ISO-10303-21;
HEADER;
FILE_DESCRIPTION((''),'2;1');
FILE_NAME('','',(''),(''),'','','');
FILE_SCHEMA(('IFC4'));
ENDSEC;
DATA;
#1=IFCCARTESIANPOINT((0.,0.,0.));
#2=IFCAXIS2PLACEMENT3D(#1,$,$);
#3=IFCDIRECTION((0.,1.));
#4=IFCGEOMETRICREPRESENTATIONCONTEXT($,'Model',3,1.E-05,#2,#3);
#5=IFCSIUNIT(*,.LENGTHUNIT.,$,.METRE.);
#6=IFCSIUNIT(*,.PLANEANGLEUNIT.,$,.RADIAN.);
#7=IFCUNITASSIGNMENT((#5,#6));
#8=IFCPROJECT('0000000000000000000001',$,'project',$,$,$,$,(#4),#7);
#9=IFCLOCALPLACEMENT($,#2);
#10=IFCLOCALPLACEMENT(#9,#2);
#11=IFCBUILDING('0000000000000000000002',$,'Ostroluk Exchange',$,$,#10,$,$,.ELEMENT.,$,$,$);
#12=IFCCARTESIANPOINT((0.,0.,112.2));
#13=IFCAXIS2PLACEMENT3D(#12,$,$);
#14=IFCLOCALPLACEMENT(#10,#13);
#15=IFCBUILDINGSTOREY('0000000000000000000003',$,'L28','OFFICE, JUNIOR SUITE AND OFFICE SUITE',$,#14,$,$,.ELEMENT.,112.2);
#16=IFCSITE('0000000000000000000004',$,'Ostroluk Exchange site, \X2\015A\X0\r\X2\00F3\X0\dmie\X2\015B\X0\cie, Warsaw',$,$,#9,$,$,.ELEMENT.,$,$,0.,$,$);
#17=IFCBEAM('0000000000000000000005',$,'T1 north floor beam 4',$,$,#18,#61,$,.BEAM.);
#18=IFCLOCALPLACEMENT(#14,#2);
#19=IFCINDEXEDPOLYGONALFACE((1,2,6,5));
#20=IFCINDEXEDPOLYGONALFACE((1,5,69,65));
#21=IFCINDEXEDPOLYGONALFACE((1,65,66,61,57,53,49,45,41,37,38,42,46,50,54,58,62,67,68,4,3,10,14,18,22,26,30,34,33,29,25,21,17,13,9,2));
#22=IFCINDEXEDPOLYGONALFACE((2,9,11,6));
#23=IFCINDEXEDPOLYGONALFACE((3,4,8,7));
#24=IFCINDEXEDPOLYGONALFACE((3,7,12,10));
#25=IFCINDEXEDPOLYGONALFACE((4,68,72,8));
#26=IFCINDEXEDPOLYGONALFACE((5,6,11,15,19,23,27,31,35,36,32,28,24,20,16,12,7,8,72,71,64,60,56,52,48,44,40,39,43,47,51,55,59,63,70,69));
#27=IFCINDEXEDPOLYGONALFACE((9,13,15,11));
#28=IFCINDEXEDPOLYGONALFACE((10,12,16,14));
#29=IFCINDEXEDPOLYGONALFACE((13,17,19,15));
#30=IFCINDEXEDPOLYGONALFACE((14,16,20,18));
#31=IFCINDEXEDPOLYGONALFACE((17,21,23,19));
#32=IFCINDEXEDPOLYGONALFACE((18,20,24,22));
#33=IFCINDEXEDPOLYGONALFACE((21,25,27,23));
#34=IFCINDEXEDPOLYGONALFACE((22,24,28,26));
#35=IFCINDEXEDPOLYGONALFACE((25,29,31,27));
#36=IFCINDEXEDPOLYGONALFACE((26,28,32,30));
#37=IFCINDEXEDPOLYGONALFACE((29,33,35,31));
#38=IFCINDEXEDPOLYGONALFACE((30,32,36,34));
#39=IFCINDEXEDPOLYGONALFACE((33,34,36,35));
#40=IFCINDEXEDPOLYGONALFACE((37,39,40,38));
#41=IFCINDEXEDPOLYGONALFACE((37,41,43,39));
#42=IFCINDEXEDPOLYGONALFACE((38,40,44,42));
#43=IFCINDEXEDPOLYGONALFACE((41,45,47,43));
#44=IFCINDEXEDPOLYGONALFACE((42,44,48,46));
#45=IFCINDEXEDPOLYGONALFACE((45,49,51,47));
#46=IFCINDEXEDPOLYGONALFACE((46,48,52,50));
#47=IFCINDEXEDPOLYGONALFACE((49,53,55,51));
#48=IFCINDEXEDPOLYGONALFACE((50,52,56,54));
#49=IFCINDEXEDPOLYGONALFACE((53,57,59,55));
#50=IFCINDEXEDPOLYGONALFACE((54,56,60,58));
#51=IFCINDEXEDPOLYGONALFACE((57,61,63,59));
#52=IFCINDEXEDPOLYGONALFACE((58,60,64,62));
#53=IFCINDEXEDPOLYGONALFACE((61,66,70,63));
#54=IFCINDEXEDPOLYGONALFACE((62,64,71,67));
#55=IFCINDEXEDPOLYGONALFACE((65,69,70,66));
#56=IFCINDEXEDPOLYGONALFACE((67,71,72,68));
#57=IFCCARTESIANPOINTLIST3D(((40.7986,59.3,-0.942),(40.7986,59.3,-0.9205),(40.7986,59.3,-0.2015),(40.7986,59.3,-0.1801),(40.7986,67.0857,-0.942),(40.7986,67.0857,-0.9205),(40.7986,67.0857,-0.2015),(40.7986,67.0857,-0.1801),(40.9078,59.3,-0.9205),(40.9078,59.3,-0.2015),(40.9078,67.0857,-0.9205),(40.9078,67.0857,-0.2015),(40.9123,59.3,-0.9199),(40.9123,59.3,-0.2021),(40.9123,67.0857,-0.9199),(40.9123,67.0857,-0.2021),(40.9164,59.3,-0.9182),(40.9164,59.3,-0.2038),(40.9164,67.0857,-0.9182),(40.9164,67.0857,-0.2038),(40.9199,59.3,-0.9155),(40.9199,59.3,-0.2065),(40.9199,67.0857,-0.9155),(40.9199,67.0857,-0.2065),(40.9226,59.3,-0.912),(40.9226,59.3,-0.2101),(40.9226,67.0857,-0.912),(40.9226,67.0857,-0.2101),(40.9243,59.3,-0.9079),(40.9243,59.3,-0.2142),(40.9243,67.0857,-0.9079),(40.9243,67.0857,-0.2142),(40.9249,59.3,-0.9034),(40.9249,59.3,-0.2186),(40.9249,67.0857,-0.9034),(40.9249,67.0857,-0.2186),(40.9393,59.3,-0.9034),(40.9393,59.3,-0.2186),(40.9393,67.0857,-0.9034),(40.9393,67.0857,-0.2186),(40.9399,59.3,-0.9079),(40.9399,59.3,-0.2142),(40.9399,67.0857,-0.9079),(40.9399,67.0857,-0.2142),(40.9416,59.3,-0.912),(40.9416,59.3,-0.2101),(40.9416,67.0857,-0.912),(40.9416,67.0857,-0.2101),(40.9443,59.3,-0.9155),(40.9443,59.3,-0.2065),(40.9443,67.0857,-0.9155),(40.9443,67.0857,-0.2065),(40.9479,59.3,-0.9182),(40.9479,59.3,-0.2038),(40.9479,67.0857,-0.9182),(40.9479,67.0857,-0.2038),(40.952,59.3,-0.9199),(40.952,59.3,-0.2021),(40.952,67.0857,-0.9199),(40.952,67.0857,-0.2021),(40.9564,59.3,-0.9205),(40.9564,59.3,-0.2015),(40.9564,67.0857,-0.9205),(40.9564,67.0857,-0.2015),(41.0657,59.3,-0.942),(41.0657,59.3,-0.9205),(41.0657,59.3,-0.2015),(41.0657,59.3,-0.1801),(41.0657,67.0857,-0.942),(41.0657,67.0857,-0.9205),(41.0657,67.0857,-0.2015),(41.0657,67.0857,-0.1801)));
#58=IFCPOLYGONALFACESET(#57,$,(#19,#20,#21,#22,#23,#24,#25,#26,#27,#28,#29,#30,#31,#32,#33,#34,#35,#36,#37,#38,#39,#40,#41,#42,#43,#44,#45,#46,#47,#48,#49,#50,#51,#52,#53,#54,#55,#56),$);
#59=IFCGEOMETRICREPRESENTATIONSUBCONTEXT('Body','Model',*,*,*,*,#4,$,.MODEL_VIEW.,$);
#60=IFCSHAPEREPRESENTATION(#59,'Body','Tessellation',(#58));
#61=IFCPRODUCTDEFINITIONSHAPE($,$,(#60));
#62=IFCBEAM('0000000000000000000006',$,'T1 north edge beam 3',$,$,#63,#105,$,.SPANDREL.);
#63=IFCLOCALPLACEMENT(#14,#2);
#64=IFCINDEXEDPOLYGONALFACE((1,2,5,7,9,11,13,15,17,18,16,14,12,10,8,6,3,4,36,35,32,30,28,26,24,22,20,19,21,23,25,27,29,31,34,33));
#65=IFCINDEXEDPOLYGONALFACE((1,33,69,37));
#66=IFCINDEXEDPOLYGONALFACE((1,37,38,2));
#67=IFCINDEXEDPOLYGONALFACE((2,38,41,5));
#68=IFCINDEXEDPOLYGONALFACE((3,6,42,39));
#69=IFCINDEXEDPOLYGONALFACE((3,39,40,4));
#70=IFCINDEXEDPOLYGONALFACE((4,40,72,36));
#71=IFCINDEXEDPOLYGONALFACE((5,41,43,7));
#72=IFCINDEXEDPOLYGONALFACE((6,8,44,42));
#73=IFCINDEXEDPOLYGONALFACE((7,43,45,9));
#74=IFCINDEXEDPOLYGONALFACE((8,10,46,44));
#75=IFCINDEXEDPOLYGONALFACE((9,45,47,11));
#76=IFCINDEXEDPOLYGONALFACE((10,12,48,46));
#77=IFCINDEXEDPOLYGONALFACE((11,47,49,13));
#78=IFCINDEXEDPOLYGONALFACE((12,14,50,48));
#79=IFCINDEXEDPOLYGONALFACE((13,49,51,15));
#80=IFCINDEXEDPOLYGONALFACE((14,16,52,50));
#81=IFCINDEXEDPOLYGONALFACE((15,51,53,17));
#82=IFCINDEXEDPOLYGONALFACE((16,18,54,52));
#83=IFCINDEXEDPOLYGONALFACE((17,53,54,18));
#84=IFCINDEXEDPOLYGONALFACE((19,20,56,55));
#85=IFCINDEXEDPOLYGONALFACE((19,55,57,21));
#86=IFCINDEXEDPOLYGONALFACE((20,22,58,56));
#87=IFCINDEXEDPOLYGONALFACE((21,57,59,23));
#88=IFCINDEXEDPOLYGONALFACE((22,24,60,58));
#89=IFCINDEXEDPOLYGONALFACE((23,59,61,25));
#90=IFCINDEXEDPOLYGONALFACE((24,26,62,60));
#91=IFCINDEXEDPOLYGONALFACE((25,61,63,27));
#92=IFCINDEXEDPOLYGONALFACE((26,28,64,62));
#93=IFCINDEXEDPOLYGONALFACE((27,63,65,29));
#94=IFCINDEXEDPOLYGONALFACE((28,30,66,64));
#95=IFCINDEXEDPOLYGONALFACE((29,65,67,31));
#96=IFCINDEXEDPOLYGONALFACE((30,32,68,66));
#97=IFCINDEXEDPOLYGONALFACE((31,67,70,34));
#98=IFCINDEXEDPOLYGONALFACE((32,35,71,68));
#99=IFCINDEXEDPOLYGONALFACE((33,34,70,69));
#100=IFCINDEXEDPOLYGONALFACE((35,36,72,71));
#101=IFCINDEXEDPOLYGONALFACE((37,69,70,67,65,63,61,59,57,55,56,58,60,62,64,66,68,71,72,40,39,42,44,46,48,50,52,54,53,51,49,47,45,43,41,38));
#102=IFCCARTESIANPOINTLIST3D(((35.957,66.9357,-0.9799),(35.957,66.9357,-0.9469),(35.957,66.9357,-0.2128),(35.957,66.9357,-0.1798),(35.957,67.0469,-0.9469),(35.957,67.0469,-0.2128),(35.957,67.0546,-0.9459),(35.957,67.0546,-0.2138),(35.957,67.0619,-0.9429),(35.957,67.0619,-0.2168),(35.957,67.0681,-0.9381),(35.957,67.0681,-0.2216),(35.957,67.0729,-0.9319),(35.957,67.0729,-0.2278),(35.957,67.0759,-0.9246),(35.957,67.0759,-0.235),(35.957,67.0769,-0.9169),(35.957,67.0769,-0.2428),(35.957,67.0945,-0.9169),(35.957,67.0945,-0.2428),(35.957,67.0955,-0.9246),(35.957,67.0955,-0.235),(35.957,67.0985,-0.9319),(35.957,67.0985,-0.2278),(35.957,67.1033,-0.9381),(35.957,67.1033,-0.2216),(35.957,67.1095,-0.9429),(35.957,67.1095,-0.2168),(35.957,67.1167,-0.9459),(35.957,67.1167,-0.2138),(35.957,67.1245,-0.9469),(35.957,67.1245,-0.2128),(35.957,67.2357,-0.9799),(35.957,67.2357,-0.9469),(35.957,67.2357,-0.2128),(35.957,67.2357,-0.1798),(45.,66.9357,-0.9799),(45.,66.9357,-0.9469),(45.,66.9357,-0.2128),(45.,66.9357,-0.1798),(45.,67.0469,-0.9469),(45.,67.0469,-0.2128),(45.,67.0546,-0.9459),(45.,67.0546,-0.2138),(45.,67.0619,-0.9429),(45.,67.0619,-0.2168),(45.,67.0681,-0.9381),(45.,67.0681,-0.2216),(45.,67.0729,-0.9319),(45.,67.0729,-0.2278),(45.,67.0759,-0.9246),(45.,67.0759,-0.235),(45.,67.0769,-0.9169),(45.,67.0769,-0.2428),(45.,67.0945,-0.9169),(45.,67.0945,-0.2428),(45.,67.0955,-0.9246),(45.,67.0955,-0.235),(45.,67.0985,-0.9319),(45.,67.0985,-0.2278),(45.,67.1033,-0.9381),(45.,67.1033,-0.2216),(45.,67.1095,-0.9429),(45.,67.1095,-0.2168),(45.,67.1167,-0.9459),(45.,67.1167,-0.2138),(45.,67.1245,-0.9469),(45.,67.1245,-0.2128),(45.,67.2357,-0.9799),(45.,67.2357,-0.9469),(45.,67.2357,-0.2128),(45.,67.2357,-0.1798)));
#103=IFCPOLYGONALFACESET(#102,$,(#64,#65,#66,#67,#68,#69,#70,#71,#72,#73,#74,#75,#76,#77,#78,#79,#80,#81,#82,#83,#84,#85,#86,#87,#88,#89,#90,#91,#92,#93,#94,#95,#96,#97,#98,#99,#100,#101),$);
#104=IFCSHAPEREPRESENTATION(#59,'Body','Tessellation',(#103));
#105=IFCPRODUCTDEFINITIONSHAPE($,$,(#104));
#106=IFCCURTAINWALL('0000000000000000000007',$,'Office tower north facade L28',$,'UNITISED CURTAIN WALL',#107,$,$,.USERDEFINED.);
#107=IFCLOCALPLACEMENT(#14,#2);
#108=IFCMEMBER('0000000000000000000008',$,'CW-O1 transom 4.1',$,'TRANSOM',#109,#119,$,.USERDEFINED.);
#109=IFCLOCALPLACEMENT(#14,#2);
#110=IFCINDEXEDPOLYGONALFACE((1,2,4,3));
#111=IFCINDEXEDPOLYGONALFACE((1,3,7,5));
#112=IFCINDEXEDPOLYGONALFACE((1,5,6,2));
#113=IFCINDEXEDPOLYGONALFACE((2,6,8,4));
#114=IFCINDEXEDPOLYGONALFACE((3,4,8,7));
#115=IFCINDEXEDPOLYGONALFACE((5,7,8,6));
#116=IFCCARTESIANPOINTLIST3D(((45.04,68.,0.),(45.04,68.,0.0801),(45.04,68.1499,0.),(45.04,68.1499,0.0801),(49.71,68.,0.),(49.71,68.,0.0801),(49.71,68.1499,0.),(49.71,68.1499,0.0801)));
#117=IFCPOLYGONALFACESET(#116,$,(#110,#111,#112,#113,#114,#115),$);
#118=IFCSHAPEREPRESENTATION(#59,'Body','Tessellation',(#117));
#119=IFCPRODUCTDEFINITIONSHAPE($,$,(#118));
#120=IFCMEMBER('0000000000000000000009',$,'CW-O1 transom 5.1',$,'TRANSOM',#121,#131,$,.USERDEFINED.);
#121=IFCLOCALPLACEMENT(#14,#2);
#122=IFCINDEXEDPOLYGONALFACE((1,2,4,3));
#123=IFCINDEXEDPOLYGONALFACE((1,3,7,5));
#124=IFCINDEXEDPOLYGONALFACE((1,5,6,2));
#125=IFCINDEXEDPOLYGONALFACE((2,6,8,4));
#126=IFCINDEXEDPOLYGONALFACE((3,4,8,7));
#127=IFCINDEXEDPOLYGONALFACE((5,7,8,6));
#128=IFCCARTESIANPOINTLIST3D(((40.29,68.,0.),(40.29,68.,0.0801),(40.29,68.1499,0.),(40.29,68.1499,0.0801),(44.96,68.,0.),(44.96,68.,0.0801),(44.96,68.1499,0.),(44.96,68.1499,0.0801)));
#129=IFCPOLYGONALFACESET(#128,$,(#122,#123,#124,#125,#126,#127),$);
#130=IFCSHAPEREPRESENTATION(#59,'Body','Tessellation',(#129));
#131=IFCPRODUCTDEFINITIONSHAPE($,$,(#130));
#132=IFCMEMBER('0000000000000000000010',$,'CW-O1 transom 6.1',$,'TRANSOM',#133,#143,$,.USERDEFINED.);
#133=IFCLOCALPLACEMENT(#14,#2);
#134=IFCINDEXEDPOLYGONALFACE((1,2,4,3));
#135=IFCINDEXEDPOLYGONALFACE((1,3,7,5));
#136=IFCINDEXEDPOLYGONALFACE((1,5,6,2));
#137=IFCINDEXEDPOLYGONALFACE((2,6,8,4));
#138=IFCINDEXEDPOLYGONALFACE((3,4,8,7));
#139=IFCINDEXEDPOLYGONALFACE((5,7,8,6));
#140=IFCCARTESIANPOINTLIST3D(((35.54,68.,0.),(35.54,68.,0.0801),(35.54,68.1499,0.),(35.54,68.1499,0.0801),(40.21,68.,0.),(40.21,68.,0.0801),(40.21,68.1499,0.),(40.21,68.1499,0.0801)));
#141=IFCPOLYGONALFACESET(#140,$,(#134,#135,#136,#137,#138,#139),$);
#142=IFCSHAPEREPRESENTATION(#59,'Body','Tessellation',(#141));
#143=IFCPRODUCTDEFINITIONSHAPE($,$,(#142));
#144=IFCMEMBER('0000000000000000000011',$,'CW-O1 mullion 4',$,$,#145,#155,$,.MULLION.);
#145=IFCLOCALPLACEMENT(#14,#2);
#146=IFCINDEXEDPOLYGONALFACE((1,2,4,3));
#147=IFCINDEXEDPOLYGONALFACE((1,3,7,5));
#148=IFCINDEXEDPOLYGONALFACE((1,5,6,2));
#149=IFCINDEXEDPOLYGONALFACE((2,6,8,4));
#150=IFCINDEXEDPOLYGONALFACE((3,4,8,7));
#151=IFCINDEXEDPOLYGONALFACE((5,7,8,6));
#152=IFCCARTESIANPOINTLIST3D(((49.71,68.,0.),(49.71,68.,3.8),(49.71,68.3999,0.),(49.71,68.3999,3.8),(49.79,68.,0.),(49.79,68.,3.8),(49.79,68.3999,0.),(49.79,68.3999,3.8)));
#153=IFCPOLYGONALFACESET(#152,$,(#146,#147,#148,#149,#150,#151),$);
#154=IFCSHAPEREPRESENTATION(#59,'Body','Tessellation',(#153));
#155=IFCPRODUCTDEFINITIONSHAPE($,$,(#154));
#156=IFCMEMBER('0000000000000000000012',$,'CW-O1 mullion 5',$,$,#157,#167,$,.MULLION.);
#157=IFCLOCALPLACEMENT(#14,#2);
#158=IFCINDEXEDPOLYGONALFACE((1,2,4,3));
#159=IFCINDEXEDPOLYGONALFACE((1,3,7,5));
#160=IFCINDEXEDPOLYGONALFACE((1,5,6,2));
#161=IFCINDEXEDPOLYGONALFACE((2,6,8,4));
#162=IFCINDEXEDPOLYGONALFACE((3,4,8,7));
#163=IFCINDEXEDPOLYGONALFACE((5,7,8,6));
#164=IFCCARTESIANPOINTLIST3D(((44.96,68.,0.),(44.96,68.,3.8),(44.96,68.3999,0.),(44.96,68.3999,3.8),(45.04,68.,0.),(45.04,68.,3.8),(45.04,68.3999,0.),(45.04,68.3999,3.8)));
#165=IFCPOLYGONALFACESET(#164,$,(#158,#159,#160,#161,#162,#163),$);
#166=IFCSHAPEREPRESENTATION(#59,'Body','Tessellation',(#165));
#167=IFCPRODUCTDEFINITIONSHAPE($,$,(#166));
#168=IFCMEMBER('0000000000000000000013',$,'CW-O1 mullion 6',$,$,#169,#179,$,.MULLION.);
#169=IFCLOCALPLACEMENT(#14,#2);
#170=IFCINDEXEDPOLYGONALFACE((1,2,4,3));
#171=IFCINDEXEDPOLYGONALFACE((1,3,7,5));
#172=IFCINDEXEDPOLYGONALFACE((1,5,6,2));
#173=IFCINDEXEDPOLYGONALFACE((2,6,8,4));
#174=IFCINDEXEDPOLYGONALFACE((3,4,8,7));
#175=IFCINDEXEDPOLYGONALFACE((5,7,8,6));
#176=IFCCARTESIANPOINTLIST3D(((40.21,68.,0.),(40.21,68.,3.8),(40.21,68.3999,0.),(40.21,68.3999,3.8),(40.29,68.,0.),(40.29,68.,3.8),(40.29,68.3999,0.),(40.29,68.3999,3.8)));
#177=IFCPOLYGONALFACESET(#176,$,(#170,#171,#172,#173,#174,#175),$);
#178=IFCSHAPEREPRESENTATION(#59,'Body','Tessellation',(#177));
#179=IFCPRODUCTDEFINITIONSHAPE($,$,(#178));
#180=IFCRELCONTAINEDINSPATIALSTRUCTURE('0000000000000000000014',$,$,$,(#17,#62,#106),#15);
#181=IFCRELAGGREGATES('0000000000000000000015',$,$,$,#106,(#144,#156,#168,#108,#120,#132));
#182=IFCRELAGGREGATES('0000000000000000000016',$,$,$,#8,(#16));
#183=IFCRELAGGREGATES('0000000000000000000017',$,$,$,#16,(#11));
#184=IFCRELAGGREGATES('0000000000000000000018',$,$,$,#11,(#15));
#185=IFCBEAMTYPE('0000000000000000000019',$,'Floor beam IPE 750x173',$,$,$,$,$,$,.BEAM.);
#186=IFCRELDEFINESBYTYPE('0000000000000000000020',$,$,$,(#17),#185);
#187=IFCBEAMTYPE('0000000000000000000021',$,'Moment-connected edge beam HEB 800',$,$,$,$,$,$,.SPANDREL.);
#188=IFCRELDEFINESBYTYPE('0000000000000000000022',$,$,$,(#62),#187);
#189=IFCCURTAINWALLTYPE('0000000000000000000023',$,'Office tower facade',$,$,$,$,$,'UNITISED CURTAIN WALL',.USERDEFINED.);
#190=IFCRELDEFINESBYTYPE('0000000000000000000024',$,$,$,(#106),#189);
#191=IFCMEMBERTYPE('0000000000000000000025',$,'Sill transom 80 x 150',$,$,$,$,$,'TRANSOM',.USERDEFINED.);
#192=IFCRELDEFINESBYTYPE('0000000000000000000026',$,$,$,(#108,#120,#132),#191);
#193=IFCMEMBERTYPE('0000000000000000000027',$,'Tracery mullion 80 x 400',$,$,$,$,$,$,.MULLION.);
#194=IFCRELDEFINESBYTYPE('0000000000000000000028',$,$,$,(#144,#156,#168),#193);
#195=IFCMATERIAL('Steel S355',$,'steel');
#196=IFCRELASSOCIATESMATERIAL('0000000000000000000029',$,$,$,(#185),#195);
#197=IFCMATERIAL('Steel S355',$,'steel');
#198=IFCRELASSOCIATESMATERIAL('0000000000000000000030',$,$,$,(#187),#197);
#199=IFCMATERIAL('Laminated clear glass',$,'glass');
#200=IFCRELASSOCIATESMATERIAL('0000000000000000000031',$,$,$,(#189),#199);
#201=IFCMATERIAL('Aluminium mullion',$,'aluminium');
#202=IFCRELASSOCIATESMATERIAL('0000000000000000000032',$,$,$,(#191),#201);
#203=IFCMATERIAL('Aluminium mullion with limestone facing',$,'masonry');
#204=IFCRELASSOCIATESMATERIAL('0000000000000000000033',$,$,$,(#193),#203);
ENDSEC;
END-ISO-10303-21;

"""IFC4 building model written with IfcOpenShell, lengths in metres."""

from ifc_helpers import new_model, si_unit, direction, frame, origin, origin_2d, place, context, subcontext, project, spatial, rectangle, i_section, extrude, material, material_profile, profile_set, type_object, element, aggregate, save


model = new_model("IFC4")

# Units and contexts
model_context = context("Model", 3, precision=1e-05, world=origin(), true_north=direction((0.0, 1.0)))
body_context = subcontext(model_context, "Body", "Model", "MODEL_VIEW")
ifc_project = project(units=[si_unit("LENGTHUNIT", "METRE"), si_unit("PLANEANGLEUNIT", "RADIAN")], contexts=[model_context])

# Site, building, storey
site_placement = place(None, origin())
site = spatial("IfcSite", under=ifc_project, at=site_placement, Name="Ostroluk Exchange site, Śródmieście, Warsaw", CompositionType="ELEMENT", RefElevation=0.0)
building_placement = place(site_placement, origin())
building = spatial("IfcBuilding", under=site, at=building_placement, Name="Ostroluk Exchange", CompositionType="ELEMENT")
storey_placement = place(building_placement, frame((0.0, 0.0, 112.2)))
storey = spatial("IfcBuildingStorey", under=building, at=storey_placement, Name="L28", Description="OFFICE, JUNIOR SUITE AND OFFICE SUITE", CompositionType="ELEMENT", Elevation=112.2)

# Beams
ifc_material_1 = material(Name="Steel S355", Category="steel")
ifc_material_profile_1 = material_profile(ifc_material_1, i_section(OverallWidth=0.2671, OverallDepth=0.762, WebThickness=0.0144, FlangeThickness=0.0215, FilletRadius=0.0171, at=origin_2d()), Name="IPE 750x173")
ifc_profile_set_1 = profile_set([ifc_material_profile_1], Name="Steel S355")
beam_type_1 = type_object("IfcBeamType", Name="Floor beam IPE 750x173", PredefinedType="BEAM", material=ifc_profile_set_1)
for number, where, z_axis, x_axis, name in (
    (1, (40.9321, 59.3, -0.561), (0.0, 1.0, 0.0), (-1.0, 0.0, 0.0), "T1 north floor beam 4"),
):
    element("IfcBeam", number, at=place(storey_placement, frame(where, z_axis=z_axis, x_axis=x_axis)), inside=storey, type_object=beam_type_1, Name=name, PredefinedType="BEAM", context=body_context, shape_type="SweptSolid", body=[
        extrude(i_section(OverallWidth=0.2671, OverallDepth=0.762, WebThickness=0.0144, FlangeThickness=0.0215, FilletRadius=0.0171, at=origin_2d()), origin(), (0.0, 0.0, 1.0), 7.7856),
    ])
ifc_material_2 = material(Name="Steel S355", Category="steel")
ifc_material_profile_2 = material_profile(ifc_material_2, i_section(OverallWidth=0.3, OverallDepth=0.8, WebThickness=0.0176, FlangeThickness=0.033, FilletRadius=0.03, at=origin_2d()), Name="HEB 800")
ifc_profile_set_2 = profile_set([ifc_material_profile_2], Name="Steel S355")
beam_type_2 = type_object("IfcBeamType", Name="Moment-connected edge beam HEB 800", PredefinedType="SPANDREL", material=ifc_profile_set_2)
beam_placement = place(storey_placement, frame((45.0, 67.0857, -0.5798), z_axis=(-1.0, 0.0, 0.0), x_axis=(0.0, -1.0, 0.0)))
element("IfcBeam", 2, at=beam_placement, inside=storey, type_object=beam_type_2, Name="T1 north edge beam 3", PredefinedType="SPANDREL", context=body_context, shape_type="SweptSolid", body=[
    extrude(i_section(OverallWidth=0.3, OverallDepth=0.8, WebThickness=0.0176, FlangeThickness=0.033, FilletRadius=0.03, at=origin_2d()), origin(), (0.0, 0.0, 1.0), 9.043),
])

# Curtain wall, members
ifc_material_3 = material(Name="Laminated clear glass", Category="glass")
curtain_wall_type = type_object("IfcCurtainWallType", Name="Office tower facade", ElementType="UNITISED CURTAIN WALL", PredefinedType="USERDEFINED", material=ifc_material_3)
curtain_wall_placement = place(storey_placement, origin())
curtain_wall = element("IfcCurtainWall", 3, at=curtain_wall_placement, inside=storey, type_object=curtain_wall_type, Name="Office tower north facade L28", ObjectType="UNITISED CURTAIN WALL", PredefinedType="USERDEFINED")
ifc_material_4 = material(Name="Aluminium mullion", Category="aluminium")
ifc_material_profile_3 = material_profile(ifc_material_4, rectangle(XDim=0.1499, YDim=0.0801, at=origin_2d()), Name="Sill transom 80 x 150")
ifc_profile_set_3 = profile_set([ifc_material_profile_3], Name="Aluminium mullion")
member_type_1 = type_object("IfcMemberType", Name="Sill transom 80 x 150", ElementType="TRANSOM", PredefinedType="USERDEFINED", material=ifc_profile_set_3)
member_1_placement = place(storey_placement, frame((49.71, 68.075, 0.04), z_axis=(-1.0, 0.0, 0.0), x_axis=(0.0, -1.0, 0.0)))
member_1 = element("IfcMember", 4, at=member_1_placement, type_object=member_type_1, Name="CW-O1 transom 4.1", ObjectType="TRANSOM", PredefinedType="USERDEFINED", context=body_context, shape_type="SweptSolid", body=[
    extrude(rectangle(XDim=0.1499, YDim=0.0801, at=origin_2d()), origin(), (0.0, 0.0, 1.0), 4.6699),
])
member_2_placement = place(storey_placement, frame((44.96, 68.075, 0.04), z_axis=(-1.0, 0.0, 0.0), x_axis=(0.0, -1.0, 0.0)))
member_2 = element("IfcMember", 5, at=member_2_placement, type_object=member_type_1, Name="CW-O1 transom 5.1", ObjectType="TRANSOM", PredefinedType="USERDEFINED", context=body_context, shape_type="SweptSolid", body=[
    extrude(rectangle(XDim=0.1499, YDim=0.0801, at=origin_2d()), origin(), (0.0, 0.0, 1.0), 4.6699),
])
member_3_placement = place(storey_placement, frame((40.21, 68.075, 0.04), z_axis=(-1.0, 0.0, 0.0), x_axis=(0.0, -1.0, 0.0)))
member_3 = element("IfcMember", 6, at=member_3_placement, type_object=member_type_1, Name="CW-O1 transom 6.1", ObjectType="TRANSOM", PredefinedType="USERDEFINED", context=body_context, shape_type="SweptSolid", body=[
    extrude(rectangle(XDim=0.1499, YDim=0.0801, at=origin_2d()), origin(), (0.0, 0.0, 1.0), 4.6699),
])
ifc_material_5 = material(Name="Aluminium mullion with limestone facing", Category="masonry")
ifc_material_profile_4 = material_profile(ifc_material_5, rectangle(XDim=0.3999, YDim=0.0801, at=origin_2d()), Name="Tracery mullion 80 x 400")
ifc_profile_set_4 = profile_set([ifc_material_profile_4], Name="Aluminium mullion with limestone facing")
member_type_2 = type_object("IfcMemberType", Name="Tracery mullion 80 x 400", PredefinedType="MULLION", material=ifc_profile_set_4)
member_4_placement = place(storey_placement, frame((49.75, 68.2, 0.0), z_axis=(0.0, 0.0, 1.0), x_axis=(0.0, -1.0, 0.0)))
member_4 = element("IfcMember", 7, at=member_4_placement, type_object=member_type_2, Name="CW-O1 mullion 4", PredefinedType="MULLION", context=body_context, shape_type="SweptSolid", body=[
    extrude(rectangle(XDim=0.3999, YDim=0.0801, at=origin_2d()), origin(), (0.0, 0.0, 1.0), 3.8),
])
member_5_placement = place(storey_placement, frame((45.0, 68.2, 0.0), z_axis=(0.0, 0.0, 1.0), x_axis=(0.0, -1.0, 0.0)))
member_5 = element("IfcMember", 8, at=member_5_placement, type_object=member_type_2, Name="CW-O1 mullion 5", PredefinedType="MULLION", context=body_context, shape_type="SweptSolid", body=[
    extrude(rectangle(XDim=0.3999, YDim=0.0801, at=origin_2d()), origin(), (0.0, 0.0, 1.0), 3.8),
])
member_6_placement = place(storey_placement, frame((40.25, 68.2, 0.0), z_axis=(0.0, 0.0, 1.0), x_axis=(0.0, -1.0, 0.0)))
member_6 = element("IfcMember", 9, at=member_6_placement, type_object=member_type_2, Name="CW-O1 mullion 6", PredefinedType="MULLION", context=body_context, shape_type="SweptSolid", body=[
    extrude(rectangle(XDim=0.3999, YDim=0.0801, at=origin_2d()), origin(), (0.0, 0.0, 1.0), 3.8),
])
aggregate(curtain_wall, [member_4, member_5, member_6, member_1, member_2, member_3])

save(model, "model.ifc")
